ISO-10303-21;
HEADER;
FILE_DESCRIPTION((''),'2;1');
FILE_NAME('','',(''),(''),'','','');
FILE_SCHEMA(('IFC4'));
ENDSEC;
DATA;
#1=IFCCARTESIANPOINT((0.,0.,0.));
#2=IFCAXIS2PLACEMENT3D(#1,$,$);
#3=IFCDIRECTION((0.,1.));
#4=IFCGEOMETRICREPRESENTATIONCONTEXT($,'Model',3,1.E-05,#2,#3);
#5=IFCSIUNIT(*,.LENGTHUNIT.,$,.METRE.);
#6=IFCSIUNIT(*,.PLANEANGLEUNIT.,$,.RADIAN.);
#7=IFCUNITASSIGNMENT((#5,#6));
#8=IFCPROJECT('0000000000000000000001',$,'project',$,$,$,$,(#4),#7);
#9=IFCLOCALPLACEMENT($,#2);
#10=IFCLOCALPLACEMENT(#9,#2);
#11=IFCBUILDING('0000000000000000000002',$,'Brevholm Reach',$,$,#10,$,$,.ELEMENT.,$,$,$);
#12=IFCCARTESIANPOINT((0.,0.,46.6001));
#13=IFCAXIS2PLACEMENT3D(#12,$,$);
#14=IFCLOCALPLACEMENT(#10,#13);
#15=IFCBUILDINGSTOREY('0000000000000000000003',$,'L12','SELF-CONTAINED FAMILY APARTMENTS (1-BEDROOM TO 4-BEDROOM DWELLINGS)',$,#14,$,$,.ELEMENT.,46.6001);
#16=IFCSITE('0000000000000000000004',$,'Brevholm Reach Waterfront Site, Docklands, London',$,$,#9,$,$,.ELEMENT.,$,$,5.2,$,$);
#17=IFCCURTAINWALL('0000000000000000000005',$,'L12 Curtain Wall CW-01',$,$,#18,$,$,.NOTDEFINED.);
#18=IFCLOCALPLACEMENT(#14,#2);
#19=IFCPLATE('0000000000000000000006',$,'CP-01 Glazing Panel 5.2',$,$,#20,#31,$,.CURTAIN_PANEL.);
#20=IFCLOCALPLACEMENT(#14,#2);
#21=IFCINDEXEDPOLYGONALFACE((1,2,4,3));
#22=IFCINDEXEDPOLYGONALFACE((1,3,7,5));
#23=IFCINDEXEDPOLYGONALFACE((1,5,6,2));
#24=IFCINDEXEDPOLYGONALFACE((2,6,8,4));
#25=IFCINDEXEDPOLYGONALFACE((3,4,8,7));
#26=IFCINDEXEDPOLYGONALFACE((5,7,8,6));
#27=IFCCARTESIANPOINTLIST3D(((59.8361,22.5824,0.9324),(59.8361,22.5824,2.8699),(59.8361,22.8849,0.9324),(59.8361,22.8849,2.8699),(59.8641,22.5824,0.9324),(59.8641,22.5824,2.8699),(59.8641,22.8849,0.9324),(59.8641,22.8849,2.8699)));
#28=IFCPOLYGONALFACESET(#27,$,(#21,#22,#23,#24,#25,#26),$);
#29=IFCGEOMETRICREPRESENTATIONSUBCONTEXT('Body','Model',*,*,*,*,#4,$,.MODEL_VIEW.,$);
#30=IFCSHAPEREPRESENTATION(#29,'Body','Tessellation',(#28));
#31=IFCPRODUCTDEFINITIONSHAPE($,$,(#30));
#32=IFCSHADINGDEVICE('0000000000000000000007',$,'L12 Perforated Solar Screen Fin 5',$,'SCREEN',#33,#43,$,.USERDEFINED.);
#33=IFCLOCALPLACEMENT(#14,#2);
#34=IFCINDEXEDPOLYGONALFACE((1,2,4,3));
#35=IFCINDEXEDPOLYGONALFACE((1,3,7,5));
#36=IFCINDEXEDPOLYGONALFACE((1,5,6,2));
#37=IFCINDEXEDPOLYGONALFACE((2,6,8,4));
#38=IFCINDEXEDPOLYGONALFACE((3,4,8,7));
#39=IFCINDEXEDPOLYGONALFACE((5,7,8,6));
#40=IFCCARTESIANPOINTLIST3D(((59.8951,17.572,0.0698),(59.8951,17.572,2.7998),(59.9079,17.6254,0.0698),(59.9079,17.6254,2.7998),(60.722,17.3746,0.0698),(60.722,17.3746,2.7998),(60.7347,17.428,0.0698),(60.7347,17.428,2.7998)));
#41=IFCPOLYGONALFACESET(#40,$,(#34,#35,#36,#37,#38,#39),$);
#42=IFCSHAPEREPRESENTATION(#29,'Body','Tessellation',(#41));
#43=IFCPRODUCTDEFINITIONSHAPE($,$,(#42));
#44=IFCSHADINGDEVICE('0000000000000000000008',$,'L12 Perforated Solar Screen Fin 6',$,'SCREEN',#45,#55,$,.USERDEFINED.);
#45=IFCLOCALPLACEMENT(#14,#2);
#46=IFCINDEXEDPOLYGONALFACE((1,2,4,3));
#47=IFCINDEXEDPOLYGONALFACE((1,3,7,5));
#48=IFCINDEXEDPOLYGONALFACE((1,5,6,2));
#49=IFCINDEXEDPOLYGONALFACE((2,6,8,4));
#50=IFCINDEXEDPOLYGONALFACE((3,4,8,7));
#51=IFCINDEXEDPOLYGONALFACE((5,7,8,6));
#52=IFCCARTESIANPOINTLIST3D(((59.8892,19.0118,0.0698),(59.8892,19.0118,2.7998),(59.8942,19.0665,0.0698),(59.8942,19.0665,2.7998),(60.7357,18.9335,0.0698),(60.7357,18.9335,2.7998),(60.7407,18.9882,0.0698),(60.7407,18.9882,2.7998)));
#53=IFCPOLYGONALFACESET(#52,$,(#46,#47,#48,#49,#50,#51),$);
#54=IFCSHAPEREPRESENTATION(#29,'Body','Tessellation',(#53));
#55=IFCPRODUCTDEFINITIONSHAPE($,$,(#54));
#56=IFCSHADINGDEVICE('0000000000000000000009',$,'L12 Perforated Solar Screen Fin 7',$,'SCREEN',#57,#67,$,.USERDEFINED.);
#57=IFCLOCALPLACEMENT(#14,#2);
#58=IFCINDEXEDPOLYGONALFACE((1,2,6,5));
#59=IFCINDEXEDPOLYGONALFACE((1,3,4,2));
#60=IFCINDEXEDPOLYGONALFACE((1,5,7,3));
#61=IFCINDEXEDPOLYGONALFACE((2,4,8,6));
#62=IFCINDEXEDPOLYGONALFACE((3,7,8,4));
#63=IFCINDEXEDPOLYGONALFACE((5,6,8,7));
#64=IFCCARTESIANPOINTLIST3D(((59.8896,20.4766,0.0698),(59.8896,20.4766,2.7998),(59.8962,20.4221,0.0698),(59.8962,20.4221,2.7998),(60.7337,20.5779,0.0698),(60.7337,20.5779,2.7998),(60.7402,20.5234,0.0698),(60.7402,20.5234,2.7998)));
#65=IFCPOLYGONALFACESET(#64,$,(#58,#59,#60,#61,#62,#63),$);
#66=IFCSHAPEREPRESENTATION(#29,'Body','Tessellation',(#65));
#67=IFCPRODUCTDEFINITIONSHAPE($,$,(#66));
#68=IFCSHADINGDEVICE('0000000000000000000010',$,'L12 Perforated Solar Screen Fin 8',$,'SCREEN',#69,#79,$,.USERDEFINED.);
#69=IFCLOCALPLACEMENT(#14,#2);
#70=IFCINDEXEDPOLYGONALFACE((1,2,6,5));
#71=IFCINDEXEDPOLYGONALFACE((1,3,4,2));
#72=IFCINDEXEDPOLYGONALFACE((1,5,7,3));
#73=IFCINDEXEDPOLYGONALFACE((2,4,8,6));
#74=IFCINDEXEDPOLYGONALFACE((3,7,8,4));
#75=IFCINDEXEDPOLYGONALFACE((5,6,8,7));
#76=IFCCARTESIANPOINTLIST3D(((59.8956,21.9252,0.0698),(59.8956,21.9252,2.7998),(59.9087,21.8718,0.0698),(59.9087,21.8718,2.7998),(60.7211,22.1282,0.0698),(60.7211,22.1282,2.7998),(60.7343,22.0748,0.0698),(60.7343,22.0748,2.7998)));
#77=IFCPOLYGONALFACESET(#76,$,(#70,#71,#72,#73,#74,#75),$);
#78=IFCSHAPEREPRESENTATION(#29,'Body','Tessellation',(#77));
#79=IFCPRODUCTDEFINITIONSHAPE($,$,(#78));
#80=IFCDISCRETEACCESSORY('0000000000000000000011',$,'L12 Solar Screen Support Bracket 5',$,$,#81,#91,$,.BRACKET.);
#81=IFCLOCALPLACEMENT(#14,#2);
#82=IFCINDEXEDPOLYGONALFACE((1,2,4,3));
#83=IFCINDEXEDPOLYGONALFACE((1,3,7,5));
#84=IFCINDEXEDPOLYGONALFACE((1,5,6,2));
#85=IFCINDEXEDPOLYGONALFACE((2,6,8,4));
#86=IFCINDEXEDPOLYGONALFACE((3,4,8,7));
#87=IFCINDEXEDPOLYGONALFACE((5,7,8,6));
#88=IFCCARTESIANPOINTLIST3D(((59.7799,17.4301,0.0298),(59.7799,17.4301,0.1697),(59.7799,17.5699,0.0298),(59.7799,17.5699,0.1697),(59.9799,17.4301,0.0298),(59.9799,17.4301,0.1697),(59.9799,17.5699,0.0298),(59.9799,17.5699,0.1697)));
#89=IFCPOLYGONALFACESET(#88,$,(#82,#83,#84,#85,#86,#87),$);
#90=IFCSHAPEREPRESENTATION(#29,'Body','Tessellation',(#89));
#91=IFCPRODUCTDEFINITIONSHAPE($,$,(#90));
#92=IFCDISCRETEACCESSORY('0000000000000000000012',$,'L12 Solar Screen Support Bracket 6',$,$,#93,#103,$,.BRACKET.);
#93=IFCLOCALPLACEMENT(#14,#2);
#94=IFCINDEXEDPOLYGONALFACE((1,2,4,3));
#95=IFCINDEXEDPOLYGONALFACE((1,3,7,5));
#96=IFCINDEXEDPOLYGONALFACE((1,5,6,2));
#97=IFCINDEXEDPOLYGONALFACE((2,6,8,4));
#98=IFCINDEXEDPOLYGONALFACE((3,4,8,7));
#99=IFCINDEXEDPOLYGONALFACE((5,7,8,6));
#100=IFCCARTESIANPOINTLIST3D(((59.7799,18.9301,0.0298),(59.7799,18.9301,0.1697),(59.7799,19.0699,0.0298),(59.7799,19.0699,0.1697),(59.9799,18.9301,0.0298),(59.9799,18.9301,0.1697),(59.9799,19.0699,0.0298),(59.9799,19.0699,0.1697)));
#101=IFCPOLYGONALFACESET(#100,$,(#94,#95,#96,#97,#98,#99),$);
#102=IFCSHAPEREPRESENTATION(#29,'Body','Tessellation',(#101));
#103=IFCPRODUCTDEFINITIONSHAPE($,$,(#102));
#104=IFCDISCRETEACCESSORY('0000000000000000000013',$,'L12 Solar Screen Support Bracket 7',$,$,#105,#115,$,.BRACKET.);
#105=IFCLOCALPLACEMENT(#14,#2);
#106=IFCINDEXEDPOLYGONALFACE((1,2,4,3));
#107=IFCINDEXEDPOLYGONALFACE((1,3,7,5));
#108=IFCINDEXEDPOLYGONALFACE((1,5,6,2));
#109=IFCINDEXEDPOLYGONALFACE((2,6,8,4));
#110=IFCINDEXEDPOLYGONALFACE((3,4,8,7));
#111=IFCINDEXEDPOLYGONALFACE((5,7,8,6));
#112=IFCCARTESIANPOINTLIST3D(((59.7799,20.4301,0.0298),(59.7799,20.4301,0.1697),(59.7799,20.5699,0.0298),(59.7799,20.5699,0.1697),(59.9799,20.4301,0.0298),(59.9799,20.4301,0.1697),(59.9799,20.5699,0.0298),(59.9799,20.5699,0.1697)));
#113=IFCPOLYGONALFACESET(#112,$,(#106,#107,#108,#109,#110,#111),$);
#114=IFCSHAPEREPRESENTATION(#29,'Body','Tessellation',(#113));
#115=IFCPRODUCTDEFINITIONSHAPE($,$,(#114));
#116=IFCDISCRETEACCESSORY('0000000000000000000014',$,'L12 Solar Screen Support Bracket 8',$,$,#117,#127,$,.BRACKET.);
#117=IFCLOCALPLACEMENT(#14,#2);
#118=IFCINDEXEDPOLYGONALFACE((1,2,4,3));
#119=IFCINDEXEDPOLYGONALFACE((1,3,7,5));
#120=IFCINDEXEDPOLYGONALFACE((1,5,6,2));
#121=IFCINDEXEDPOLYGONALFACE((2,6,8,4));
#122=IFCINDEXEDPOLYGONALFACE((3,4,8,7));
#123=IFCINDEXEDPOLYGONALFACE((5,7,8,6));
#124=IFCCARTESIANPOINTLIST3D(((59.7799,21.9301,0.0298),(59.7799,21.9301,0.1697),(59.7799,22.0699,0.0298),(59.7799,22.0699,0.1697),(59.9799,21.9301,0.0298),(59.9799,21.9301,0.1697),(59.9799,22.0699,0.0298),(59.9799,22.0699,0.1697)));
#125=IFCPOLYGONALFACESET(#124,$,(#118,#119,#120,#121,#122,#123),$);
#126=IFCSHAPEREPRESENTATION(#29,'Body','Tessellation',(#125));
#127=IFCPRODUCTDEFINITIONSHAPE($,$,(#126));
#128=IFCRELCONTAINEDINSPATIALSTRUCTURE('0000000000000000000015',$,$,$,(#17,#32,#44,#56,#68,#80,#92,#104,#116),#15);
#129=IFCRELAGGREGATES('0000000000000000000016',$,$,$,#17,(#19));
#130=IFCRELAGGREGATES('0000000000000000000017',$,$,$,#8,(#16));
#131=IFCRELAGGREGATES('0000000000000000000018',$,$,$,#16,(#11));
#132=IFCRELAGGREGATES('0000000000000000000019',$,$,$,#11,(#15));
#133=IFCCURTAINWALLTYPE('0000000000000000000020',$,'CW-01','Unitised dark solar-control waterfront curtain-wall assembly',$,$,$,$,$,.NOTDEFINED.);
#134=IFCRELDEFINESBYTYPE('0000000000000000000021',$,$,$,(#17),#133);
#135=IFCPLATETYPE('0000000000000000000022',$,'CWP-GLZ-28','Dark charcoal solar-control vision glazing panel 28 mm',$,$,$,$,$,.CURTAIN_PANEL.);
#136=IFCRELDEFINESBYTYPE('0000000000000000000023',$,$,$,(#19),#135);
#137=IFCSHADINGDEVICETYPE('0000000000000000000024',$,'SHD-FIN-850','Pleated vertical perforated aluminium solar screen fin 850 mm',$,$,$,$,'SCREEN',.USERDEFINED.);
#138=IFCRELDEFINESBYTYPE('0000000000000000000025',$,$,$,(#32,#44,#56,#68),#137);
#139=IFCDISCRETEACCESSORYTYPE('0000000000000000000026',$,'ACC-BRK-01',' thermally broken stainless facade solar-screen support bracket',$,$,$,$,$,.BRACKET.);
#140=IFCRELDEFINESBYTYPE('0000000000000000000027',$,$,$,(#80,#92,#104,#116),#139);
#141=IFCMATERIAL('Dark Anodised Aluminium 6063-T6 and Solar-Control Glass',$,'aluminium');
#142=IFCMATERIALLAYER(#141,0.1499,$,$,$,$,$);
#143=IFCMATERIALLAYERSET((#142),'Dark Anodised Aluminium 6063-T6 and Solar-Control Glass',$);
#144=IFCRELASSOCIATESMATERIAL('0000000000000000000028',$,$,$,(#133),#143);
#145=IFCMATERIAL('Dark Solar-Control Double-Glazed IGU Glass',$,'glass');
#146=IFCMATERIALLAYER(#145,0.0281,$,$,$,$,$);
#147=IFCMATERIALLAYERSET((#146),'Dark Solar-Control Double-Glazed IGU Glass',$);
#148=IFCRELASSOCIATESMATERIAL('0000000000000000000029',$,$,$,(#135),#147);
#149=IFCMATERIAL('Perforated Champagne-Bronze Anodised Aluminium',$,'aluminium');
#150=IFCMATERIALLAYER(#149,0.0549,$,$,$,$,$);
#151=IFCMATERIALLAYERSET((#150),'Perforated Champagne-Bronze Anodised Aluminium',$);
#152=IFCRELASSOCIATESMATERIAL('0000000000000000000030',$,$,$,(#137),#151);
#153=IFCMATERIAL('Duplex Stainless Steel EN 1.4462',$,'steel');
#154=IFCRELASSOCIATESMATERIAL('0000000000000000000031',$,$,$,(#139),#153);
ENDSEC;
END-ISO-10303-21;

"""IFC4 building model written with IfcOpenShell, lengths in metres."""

from ifc_helpers import new_model, si_unit, direction, frame, origin, origin_2d, place, context, subcontext, project, spatial, rectangle, extrude, material, layer, layer_set, type_object, element, aggregate, save


model = new_model("IFC4")

# Units and contexts
model_context = context("Model", 3, precision=1e-05, world=origin(), true_north=direction((0.0, 1.0)))
body_context = subcontext(model_context, "Body", "Model", "MODEL_VIEW")
ifc_project = project(units=[si_unit("LENGTHUNIT", "METRE"), si_unit("PLANEANGLEUNIT", "RADIAN")], contexts=[model_context])

# Site, building, storey
site_placement = place(None, origin())
site = spatial("IfcSite", under=ifc_project, at=site_placement, Name="Brevholm Reach Waterfront Site, Docklands, London", CompositionType="ELEMENT", RefElevation=5.2)
building_placement = place(site_placement, origin())
building = spatial("IfcBuilding", under=site, at=building_placement, Name="Brevholm Reach", CompositionType="ELEMENT")
storey_placement = place(building_placement, frame((0.0, 0.0, 46.6001)))
storey = spatial("IfcBuildingStorey", under=building, at=storey_placement, Name="L12", Description="SELF-CONTAINED FAMILY APARTMENTS (1-BEDROOM TO 4-BEDROOM DWELLINGS)", CompositionType="ELEMENT", Elevation=46.6001)

# Curtain wall, plate
ifc_material_1 = material(Name="Dark Anodised Aluminium 6063-T6 and Solar-Control Glass", Category="aluminium")
ifc_layer_1 = layer(ifc_material_1, 0.1499)
ifc_layer_set_1 = layer_set([ifc_layer_1], Name="Dark Anodised Aluminium 6063-T6 and Solar-Control Glass")
curtain_wall_type = type_object("IfcCurtainWallType", Name="CW-01", Description="Unitised dark solar-control waterfront curtain-wall assembly", PredefinedType="NOTDEFINED", material=ifc_layer_set_1)
curtain_wall_placement = place(storey_placement, origin())
curtain_wall = element("IfcCurtainWall", 1, at=curtain_wall_placement, inside=storey, type_object=curtain_wall_type, Name="L12 Curtain Wall CW-01", PredefinedType="NOTDEFINED")
ifc_material_2 = material(Name="Dark Solar-Control Double-Glazed IGU Glass", Category="glass")
ifc_layer_2 = layer(ifc_material_2, 0.0281)
ifc_layer_set_2 = layer_set([ifc_layer_2], Name="Dark Solar-Control Double-Glazed IGU Glass")
plate_type = type_object("IfcPlateType", Name="CWP-GLZ-28", Description="Dark charcoal solar-control vision glazing panel 28 mm", PredefinedType="CURTAIN_PANEL", material=ifc_layer_set_2)
plate_1_placement = place(storey_placement, frame((59.8501, 22.7336, 0.9324), z_axis=(0.0, 0.0, 1.0), x_axis=(0.0, 1.0, 0.0)))
plate_1 = element("IfcPlate", 2, at=plate_1_placement, type_object=plate_type, Name="CP-01 Glazing Panel 5.2", PredefinedType="CURTAIN_PANEL", context=body_context, shape_type="SweptSolid", body=[
    extrude(rectangle(XDim=0.3025, YDim=0.0281, at=origin_2d()), origin(), (0.0, 0.0, 1.0), 1.9375),
])
aggregate(curtain_wall, [plate_1])

# Shading devices
ifc_material_3 = material(Name="Perforated Champagne-Bronze Anodised Aluminium", Category="aluminium")
ifc_layer_3 = layer(ifc_material_3, 0.0549)
ifc_layer_set_3 = layer_set([ifc_layer_3], Name="Perforated Champagne-Bronze Anodised Aluminium")
shading_device_type = type_object("IfcShadingDeviceType", Name="SHD-FIN-850", Description="Pleated vertical perforated aluminium solar screen fin 850 mm", ElementType="SCREEN", PredefinedType="USERDEFINED", material=ifc_layer_set_3)
for number, where, z_axis, x_axis, name in (
    (3, (60.3149, 17.5, 0.0698), (0.0, 0.0, 1.0), (0.972654, -0.232257, 0.0), "L12 Perforated Solar Screen Fin 5"),
    (4, (60.3149, 19.0, 0.0698), (0.0, 0.0, 1.0), (0.995755, -0.09204, 0.0), "L12 Perforated Solar Screen Fin 6"),
    (5, (60.3149, 20.5, 0.0698), (0.0, 0.0, 1.0), (0.992874, 0.119166, 0.0), "L12 Perforated Solar Screen Fin 7"),
    (6, (60.3149, 22.0, 0.0698), (0.0, 0.0, 1.0), (0.971068, 0.238805, 0.0), "L12 Perforated Solar Screen Fin 8"),
):
    element("IfcShadingDevice", number, at=place(storey_placement, frame(where, z_axis=z_axis, x_axis=x_axis)), inside=storey, type_object=shading_device_type, Name=name, ObjectType="SCREEN", PredefinedType="USERDEFINED", context=body_context, shape_type="SweptSolid", body=[
        extrude(rectangle(XDim=0.8501, YDim=0.0549, at=origin_2d()), origin(), (0.0, 0.0, 1.0), 2.73),
    ])

# Discrete accessories
ifc_material_4 = material(Name="Duplex Stainless Steel EN 1.4462", Category="steel")
discrete_accessory_type = type_object("IfcDiscreteAccessoryType", Name="ACC-BRK-01", Description=" thermally broken stainless facade solar-screen support bracket", PredefinedType="BRACKET", material=ifc_material_4)
for number, where, z_axis, x_axis, name in (
    (7, (59.8799, 17.5, 0.0298), (0.0, 0.0, 1.0), (1.0, 0.0, 0.0), "L12 Solar Screen Support Bracket 5"),
    (8, (59.8799, 19.0, 0.0298), (0.0, 0.0, 1.0), (1.0, 0.0, 0.0), "L12 Solar Screen Support Bracket 6"),
    (9, (59.8799, 20.5, 0.0298), (0.0, 0.0, 1.0), (1.0, 0.0, 0.0), "L12 Solar Screen Support Bracket 7"),
    (10, (59.8799, 22.0, 0.0298), (0.0, 0.0, 1.0), (1.0, 0.0, 0.0), "L12 Solar Screen Support Bracket 8"),
):
    element("IfcDiscreteAccessory", number, at=place(storey_placement, frame(where, z_axis=z_axis, x_axis=x_axis)), inside=storey, type_object=discrete_accessory_type, Name=name, PredefinedType="BRACKET", context=body_context, shape_type="SweptSolid", body=[
        extrude(rectangle(XDim=0.2, YDim=0.1399, at=origin_2d()), origin(), (0.0, 0.0, 1.0), 0.1399),
    ])

save(model, "model.ifc")
